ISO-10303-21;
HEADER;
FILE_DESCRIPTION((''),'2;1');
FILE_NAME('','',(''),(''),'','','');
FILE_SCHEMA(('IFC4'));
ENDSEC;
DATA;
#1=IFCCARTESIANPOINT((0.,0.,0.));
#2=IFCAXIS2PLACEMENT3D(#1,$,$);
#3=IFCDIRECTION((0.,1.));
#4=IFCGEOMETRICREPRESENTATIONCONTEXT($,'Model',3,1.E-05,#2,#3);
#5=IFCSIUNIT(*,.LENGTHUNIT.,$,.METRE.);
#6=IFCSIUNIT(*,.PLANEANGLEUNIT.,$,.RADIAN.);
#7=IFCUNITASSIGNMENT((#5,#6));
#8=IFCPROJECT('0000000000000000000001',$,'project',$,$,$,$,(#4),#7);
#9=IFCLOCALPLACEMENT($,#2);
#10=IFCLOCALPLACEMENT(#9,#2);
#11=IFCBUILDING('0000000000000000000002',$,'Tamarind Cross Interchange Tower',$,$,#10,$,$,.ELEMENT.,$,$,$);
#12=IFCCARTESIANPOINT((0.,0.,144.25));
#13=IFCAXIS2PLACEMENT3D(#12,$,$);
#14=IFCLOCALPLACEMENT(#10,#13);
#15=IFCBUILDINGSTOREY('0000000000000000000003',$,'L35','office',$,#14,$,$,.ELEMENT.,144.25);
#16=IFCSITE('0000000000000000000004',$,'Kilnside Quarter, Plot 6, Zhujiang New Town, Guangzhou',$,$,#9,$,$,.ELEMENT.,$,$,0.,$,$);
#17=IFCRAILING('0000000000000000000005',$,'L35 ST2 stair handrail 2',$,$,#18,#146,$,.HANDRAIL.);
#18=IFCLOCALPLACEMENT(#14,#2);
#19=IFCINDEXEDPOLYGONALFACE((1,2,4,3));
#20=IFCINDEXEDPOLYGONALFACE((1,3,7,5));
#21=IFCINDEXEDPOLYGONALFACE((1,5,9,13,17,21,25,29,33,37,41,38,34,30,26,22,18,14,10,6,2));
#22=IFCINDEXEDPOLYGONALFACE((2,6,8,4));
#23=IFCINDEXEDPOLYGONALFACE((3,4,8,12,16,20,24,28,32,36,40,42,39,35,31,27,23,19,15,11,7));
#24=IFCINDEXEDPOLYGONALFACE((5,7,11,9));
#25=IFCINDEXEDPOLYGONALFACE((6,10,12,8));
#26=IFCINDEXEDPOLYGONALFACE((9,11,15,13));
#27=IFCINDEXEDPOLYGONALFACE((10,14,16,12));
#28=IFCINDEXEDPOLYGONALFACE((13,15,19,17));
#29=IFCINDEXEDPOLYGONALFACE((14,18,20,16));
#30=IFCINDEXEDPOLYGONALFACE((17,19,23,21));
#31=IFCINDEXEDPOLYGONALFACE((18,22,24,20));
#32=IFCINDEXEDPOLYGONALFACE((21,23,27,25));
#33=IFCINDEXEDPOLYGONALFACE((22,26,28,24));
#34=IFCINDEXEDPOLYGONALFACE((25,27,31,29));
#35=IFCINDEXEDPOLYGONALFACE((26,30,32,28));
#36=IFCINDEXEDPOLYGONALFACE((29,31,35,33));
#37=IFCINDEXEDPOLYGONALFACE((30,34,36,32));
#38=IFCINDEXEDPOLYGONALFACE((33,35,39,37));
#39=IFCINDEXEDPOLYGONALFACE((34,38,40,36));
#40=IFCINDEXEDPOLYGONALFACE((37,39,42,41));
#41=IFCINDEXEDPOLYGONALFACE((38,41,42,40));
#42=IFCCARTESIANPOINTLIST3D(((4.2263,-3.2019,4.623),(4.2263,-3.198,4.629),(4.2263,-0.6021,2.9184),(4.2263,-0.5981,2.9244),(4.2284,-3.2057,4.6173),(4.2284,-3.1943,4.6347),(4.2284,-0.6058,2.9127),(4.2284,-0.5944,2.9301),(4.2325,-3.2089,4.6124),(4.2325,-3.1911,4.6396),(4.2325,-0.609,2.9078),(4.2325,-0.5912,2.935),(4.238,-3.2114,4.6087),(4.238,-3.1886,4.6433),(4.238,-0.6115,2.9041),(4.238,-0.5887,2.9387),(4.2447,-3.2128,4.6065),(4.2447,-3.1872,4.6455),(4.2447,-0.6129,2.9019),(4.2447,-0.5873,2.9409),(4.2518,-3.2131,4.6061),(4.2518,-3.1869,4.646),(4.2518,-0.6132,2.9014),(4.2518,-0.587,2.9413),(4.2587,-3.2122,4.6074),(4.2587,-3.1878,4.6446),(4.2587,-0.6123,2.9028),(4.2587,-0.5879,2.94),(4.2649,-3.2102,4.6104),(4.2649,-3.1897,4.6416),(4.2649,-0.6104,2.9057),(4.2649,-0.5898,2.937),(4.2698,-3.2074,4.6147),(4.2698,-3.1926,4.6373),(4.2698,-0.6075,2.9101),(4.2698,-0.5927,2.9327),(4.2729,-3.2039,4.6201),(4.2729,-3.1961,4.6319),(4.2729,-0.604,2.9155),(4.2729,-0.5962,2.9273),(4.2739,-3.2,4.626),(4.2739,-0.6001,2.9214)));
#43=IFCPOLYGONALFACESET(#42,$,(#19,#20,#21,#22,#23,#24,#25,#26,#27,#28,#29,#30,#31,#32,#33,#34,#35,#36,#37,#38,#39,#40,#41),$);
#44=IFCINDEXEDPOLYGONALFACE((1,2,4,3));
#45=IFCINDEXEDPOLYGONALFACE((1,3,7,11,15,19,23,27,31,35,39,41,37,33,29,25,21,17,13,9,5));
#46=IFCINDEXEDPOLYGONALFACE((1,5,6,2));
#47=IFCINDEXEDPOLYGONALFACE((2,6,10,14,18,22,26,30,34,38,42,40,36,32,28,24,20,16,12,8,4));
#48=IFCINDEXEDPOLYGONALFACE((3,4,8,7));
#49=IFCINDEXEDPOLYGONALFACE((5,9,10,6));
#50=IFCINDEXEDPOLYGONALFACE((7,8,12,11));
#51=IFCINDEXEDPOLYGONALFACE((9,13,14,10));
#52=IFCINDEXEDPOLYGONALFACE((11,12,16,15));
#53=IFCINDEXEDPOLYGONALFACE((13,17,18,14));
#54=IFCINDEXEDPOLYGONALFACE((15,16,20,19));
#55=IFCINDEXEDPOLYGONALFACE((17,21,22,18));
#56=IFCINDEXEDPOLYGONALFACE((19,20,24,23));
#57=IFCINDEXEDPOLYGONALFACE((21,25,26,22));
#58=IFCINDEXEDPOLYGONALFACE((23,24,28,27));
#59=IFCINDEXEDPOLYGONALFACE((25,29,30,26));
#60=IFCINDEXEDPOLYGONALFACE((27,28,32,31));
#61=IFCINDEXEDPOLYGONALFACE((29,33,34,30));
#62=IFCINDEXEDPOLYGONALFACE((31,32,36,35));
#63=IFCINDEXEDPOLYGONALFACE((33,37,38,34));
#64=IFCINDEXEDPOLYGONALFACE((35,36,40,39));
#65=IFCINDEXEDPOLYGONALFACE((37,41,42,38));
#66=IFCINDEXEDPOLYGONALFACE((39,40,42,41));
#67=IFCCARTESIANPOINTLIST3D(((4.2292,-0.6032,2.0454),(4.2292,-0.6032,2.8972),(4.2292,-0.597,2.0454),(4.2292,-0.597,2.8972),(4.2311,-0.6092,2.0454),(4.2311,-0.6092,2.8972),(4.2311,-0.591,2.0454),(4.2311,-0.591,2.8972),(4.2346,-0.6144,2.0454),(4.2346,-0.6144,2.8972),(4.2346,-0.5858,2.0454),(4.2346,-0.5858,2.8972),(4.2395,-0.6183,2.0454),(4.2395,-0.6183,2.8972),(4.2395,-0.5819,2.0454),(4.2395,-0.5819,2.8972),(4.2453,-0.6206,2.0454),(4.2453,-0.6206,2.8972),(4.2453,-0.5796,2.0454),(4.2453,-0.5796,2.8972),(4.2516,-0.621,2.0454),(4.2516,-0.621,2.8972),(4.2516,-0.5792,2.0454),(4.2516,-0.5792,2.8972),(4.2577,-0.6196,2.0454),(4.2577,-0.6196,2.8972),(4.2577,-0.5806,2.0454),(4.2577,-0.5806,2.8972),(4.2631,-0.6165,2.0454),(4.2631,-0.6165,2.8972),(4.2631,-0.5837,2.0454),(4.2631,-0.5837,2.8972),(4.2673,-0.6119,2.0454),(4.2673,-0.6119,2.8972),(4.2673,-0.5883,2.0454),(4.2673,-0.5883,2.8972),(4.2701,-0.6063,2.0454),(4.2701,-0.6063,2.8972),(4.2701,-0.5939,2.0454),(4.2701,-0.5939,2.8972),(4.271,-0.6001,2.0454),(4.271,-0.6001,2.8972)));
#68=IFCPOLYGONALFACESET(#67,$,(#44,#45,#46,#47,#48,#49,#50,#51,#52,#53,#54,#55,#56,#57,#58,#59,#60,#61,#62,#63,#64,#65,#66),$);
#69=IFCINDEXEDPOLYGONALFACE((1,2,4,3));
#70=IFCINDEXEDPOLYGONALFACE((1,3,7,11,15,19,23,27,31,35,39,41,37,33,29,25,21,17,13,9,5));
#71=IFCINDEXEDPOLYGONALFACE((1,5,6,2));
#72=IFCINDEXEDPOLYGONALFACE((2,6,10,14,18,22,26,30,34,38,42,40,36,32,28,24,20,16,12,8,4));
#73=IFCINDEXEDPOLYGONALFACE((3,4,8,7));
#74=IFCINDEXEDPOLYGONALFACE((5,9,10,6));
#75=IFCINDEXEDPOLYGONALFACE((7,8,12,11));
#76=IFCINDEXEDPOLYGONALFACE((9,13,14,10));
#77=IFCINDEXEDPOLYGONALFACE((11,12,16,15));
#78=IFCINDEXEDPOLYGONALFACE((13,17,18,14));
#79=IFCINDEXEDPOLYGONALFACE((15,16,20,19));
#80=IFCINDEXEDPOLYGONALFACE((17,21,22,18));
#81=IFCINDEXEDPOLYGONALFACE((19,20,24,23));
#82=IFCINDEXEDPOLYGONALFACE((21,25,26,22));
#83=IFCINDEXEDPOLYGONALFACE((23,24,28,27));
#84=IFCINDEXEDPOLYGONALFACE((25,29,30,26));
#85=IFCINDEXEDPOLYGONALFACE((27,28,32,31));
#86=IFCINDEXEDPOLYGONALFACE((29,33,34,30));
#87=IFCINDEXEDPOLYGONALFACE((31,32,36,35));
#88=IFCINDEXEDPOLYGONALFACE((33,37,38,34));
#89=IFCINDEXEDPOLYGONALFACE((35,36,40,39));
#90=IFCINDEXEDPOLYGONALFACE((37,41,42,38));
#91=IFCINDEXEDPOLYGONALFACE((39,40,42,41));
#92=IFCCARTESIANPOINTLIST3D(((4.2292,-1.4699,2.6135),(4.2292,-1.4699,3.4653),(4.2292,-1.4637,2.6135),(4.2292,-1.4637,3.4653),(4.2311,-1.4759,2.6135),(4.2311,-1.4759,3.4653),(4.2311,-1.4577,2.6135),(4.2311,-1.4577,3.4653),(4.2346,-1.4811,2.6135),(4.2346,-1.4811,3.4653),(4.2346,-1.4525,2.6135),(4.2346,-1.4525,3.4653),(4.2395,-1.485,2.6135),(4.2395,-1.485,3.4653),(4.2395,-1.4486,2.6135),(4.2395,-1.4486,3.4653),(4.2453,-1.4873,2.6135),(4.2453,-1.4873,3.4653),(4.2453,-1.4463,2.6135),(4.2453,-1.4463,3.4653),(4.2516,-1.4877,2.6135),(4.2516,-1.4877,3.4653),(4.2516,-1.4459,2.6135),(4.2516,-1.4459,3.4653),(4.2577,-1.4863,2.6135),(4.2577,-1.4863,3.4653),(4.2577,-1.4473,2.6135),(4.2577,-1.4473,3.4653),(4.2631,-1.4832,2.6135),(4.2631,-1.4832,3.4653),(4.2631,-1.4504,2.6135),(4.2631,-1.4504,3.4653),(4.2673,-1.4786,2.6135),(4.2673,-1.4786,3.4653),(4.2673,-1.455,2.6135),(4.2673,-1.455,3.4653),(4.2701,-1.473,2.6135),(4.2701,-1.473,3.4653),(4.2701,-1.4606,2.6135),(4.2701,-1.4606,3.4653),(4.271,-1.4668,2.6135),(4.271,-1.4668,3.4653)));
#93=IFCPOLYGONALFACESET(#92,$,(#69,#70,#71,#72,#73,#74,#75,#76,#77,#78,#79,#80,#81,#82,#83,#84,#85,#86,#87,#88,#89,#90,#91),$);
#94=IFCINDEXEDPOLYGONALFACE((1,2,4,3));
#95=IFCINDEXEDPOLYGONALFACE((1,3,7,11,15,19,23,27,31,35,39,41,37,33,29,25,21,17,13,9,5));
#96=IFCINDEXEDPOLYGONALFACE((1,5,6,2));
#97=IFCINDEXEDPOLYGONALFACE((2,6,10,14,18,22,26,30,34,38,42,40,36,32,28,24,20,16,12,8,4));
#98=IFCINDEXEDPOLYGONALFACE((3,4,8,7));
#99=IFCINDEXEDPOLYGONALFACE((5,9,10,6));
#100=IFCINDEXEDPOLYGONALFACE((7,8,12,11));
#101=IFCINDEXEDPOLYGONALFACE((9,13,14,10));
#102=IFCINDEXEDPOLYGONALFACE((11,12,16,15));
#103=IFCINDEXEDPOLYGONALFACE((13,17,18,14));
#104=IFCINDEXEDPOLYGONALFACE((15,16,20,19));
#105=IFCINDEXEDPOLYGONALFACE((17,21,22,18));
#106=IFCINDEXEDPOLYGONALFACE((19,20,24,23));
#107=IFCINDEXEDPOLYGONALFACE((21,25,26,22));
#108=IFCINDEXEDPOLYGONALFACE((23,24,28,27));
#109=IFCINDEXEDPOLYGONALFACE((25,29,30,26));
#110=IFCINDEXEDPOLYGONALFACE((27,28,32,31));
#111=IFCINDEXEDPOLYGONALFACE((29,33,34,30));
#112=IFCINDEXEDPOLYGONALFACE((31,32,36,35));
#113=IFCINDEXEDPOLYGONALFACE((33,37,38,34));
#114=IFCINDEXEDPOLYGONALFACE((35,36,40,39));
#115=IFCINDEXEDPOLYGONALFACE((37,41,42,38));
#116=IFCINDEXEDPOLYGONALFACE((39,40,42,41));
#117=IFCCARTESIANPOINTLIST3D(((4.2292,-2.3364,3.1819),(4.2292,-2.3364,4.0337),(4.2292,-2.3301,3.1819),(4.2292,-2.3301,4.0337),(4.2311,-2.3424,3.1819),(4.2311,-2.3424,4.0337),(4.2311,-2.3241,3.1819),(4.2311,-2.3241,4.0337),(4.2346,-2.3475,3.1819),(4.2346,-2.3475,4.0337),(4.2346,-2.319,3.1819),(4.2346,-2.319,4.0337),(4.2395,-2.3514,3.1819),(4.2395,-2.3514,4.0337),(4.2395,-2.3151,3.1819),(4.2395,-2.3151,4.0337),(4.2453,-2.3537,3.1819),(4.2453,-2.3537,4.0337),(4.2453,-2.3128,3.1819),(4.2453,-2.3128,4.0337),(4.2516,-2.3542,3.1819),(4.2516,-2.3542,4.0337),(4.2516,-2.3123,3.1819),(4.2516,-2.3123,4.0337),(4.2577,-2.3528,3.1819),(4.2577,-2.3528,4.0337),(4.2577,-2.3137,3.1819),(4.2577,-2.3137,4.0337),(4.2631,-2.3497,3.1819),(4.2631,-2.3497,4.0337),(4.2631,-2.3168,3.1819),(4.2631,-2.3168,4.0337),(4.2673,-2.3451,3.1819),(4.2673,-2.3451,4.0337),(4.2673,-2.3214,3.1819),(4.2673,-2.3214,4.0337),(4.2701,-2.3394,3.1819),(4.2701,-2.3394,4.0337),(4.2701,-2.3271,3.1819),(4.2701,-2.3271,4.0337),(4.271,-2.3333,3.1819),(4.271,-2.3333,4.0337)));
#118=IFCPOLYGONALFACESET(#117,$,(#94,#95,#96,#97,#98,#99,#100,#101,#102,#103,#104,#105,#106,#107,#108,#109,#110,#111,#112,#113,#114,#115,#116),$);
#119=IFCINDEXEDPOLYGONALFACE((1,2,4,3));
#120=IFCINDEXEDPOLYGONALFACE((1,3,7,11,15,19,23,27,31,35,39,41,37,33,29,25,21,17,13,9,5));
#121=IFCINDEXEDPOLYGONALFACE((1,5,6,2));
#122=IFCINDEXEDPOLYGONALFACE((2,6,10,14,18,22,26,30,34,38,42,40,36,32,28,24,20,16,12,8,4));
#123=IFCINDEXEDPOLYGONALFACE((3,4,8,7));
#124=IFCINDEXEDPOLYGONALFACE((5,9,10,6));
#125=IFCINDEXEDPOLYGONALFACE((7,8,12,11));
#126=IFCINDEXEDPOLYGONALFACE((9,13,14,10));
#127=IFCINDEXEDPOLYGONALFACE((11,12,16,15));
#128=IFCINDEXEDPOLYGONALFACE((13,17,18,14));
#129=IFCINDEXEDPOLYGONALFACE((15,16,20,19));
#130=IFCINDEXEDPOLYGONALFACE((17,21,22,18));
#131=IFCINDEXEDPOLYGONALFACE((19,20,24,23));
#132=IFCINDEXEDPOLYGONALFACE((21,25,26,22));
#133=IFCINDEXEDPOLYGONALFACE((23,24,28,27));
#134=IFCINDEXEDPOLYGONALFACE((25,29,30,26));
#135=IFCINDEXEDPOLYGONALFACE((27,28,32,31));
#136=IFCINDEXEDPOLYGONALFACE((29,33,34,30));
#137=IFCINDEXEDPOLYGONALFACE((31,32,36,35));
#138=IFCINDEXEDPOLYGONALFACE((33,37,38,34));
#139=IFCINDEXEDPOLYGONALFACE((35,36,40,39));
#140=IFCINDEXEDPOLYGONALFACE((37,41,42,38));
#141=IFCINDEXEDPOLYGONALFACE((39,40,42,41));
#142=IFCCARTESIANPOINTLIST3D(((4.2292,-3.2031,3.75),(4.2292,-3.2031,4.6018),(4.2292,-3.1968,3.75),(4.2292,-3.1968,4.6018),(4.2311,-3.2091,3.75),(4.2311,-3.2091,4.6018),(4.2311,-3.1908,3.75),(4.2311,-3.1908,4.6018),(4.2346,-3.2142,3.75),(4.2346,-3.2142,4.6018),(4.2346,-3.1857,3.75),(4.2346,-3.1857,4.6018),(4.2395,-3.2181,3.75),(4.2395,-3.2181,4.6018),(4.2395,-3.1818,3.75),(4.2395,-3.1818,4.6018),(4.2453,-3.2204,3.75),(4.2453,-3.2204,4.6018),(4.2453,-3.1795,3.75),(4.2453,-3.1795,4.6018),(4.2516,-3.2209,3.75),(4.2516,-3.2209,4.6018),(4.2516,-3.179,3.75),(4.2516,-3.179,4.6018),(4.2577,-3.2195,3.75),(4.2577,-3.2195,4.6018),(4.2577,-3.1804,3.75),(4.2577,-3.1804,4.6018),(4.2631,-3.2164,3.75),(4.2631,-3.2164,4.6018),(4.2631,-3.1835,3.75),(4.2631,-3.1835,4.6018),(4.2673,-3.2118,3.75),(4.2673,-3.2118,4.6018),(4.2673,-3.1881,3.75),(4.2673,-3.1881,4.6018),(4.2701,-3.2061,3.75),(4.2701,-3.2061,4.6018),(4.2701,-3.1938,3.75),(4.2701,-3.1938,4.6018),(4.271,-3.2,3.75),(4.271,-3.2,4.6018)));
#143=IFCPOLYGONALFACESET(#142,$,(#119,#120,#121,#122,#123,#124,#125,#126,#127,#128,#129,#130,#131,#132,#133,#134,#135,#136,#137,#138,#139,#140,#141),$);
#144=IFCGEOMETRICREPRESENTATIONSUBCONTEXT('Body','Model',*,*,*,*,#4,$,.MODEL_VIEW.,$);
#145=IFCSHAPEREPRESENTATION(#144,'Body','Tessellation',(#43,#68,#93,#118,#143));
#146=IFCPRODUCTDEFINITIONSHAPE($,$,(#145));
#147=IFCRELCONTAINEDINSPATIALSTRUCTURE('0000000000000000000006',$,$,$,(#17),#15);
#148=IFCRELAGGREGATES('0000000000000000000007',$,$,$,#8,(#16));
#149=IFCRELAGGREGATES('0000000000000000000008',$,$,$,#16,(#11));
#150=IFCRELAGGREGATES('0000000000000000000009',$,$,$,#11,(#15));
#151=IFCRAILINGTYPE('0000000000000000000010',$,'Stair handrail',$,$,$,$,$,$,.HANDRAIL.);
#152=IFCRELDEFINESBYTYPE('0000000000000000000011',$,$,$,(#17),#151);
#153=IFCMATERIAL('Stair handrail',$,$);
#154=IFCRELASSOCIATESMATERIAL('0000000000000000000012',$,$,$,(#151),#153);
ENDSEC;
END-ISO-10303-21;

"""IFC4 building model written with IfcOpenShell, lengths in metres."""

from ifc_helpers import new_model, si_unit, direction, frame, origin, origin_2d, place, context, subcontext, project, spatial, circle, extrude, material, type_object, element, save


model = new_model("IFC4")

# Units and contexts
model_context = context("Model", 3, precision=1e-05, world=origin(), true_north=direction((0.0, 1.0)))
body_context = subcontext(model_context, "Body", "Model", "MODEL_VIEW")
ifc_project = project(units=[si_unit("LENGTHUNIT", "METRE"), si_unit("PLANEANGLEUNIT", "RADIAN")], contexts=[model_context])

# Site, building, storey
site_placement = place(None, origin())
site = spatial("IfcSite", under=ifc_project, at=site_placement, Name="Kilnside Quarter, Plot 6, Zhujiang New Town, Guangzhou", CompositionType="ELEMENT", RefElevation=0.0)
building_placement = place(site_placement, origin())
building = spatial("IfcBuilding", under=site, at=building_placement, Name="Tamarind Cross Interchange Tower", CompositionType="ELEMENT")
storey_placement = place(building_placement, frame((0.0, 0.0, 144.25)))
storey = spatial("IfcBuildingStorey", under=building, at=storey_placement, Name="L35", Description="office", CompositionType="ELEMENT", Elevation=144.25)

# Railing
ifc_material_1 = material(Name="Stair handrail")
railing_type_1 = type_object("IfcRailingType", Name="Stair handrail", PredefinedType="HANDRAIL", material=ifc_material_1)
railing_1_placement = place(storey_placement, frame((4.25, -0.6001, 2.0454)))
element("IfcRailing", 1, at=railing_1_placement, inside=storey, type_object=railing_type_1, Name="L35 ST2 stair handrail 2", PredefinedType="HANDRAIL", context=body_context, shape_type="SweptSolid", body=[
    extrude(circle(Radius=0.0239, at=origin_2d()), frame((0.0, 0.0, 0.876), z_axis=(0.0, -0.836279, 0.548305), x_axis=(1.0, 0.0, 0.0)), (0.0, 0.0, 1.0), 3.1089),
    extrude(circle(Radius=0.021, at=origin_2d()), origin(), (0.0, 0.0, 1.0), 0.8518),
    extrude(circle(Radius=0.021, at=origin_2d()), frame((0.0, -0.8667, 0.5681)), (0.0, 0.0, 1.0), 0.8518),
    extrude(circle(Radius=0.021, at=origin_2d()), frame((0.0, -1.7332, 1.1365)), (0.0, 0.0, 1.0), 0.8518),
    extrude(circle(Radius=0.021, at=origin_2d()), frame((0.0, -2.5999, 1.7046)), (0.0, 0.0, 1.0), 0.8518),
])

save(model, "model.ifc")
